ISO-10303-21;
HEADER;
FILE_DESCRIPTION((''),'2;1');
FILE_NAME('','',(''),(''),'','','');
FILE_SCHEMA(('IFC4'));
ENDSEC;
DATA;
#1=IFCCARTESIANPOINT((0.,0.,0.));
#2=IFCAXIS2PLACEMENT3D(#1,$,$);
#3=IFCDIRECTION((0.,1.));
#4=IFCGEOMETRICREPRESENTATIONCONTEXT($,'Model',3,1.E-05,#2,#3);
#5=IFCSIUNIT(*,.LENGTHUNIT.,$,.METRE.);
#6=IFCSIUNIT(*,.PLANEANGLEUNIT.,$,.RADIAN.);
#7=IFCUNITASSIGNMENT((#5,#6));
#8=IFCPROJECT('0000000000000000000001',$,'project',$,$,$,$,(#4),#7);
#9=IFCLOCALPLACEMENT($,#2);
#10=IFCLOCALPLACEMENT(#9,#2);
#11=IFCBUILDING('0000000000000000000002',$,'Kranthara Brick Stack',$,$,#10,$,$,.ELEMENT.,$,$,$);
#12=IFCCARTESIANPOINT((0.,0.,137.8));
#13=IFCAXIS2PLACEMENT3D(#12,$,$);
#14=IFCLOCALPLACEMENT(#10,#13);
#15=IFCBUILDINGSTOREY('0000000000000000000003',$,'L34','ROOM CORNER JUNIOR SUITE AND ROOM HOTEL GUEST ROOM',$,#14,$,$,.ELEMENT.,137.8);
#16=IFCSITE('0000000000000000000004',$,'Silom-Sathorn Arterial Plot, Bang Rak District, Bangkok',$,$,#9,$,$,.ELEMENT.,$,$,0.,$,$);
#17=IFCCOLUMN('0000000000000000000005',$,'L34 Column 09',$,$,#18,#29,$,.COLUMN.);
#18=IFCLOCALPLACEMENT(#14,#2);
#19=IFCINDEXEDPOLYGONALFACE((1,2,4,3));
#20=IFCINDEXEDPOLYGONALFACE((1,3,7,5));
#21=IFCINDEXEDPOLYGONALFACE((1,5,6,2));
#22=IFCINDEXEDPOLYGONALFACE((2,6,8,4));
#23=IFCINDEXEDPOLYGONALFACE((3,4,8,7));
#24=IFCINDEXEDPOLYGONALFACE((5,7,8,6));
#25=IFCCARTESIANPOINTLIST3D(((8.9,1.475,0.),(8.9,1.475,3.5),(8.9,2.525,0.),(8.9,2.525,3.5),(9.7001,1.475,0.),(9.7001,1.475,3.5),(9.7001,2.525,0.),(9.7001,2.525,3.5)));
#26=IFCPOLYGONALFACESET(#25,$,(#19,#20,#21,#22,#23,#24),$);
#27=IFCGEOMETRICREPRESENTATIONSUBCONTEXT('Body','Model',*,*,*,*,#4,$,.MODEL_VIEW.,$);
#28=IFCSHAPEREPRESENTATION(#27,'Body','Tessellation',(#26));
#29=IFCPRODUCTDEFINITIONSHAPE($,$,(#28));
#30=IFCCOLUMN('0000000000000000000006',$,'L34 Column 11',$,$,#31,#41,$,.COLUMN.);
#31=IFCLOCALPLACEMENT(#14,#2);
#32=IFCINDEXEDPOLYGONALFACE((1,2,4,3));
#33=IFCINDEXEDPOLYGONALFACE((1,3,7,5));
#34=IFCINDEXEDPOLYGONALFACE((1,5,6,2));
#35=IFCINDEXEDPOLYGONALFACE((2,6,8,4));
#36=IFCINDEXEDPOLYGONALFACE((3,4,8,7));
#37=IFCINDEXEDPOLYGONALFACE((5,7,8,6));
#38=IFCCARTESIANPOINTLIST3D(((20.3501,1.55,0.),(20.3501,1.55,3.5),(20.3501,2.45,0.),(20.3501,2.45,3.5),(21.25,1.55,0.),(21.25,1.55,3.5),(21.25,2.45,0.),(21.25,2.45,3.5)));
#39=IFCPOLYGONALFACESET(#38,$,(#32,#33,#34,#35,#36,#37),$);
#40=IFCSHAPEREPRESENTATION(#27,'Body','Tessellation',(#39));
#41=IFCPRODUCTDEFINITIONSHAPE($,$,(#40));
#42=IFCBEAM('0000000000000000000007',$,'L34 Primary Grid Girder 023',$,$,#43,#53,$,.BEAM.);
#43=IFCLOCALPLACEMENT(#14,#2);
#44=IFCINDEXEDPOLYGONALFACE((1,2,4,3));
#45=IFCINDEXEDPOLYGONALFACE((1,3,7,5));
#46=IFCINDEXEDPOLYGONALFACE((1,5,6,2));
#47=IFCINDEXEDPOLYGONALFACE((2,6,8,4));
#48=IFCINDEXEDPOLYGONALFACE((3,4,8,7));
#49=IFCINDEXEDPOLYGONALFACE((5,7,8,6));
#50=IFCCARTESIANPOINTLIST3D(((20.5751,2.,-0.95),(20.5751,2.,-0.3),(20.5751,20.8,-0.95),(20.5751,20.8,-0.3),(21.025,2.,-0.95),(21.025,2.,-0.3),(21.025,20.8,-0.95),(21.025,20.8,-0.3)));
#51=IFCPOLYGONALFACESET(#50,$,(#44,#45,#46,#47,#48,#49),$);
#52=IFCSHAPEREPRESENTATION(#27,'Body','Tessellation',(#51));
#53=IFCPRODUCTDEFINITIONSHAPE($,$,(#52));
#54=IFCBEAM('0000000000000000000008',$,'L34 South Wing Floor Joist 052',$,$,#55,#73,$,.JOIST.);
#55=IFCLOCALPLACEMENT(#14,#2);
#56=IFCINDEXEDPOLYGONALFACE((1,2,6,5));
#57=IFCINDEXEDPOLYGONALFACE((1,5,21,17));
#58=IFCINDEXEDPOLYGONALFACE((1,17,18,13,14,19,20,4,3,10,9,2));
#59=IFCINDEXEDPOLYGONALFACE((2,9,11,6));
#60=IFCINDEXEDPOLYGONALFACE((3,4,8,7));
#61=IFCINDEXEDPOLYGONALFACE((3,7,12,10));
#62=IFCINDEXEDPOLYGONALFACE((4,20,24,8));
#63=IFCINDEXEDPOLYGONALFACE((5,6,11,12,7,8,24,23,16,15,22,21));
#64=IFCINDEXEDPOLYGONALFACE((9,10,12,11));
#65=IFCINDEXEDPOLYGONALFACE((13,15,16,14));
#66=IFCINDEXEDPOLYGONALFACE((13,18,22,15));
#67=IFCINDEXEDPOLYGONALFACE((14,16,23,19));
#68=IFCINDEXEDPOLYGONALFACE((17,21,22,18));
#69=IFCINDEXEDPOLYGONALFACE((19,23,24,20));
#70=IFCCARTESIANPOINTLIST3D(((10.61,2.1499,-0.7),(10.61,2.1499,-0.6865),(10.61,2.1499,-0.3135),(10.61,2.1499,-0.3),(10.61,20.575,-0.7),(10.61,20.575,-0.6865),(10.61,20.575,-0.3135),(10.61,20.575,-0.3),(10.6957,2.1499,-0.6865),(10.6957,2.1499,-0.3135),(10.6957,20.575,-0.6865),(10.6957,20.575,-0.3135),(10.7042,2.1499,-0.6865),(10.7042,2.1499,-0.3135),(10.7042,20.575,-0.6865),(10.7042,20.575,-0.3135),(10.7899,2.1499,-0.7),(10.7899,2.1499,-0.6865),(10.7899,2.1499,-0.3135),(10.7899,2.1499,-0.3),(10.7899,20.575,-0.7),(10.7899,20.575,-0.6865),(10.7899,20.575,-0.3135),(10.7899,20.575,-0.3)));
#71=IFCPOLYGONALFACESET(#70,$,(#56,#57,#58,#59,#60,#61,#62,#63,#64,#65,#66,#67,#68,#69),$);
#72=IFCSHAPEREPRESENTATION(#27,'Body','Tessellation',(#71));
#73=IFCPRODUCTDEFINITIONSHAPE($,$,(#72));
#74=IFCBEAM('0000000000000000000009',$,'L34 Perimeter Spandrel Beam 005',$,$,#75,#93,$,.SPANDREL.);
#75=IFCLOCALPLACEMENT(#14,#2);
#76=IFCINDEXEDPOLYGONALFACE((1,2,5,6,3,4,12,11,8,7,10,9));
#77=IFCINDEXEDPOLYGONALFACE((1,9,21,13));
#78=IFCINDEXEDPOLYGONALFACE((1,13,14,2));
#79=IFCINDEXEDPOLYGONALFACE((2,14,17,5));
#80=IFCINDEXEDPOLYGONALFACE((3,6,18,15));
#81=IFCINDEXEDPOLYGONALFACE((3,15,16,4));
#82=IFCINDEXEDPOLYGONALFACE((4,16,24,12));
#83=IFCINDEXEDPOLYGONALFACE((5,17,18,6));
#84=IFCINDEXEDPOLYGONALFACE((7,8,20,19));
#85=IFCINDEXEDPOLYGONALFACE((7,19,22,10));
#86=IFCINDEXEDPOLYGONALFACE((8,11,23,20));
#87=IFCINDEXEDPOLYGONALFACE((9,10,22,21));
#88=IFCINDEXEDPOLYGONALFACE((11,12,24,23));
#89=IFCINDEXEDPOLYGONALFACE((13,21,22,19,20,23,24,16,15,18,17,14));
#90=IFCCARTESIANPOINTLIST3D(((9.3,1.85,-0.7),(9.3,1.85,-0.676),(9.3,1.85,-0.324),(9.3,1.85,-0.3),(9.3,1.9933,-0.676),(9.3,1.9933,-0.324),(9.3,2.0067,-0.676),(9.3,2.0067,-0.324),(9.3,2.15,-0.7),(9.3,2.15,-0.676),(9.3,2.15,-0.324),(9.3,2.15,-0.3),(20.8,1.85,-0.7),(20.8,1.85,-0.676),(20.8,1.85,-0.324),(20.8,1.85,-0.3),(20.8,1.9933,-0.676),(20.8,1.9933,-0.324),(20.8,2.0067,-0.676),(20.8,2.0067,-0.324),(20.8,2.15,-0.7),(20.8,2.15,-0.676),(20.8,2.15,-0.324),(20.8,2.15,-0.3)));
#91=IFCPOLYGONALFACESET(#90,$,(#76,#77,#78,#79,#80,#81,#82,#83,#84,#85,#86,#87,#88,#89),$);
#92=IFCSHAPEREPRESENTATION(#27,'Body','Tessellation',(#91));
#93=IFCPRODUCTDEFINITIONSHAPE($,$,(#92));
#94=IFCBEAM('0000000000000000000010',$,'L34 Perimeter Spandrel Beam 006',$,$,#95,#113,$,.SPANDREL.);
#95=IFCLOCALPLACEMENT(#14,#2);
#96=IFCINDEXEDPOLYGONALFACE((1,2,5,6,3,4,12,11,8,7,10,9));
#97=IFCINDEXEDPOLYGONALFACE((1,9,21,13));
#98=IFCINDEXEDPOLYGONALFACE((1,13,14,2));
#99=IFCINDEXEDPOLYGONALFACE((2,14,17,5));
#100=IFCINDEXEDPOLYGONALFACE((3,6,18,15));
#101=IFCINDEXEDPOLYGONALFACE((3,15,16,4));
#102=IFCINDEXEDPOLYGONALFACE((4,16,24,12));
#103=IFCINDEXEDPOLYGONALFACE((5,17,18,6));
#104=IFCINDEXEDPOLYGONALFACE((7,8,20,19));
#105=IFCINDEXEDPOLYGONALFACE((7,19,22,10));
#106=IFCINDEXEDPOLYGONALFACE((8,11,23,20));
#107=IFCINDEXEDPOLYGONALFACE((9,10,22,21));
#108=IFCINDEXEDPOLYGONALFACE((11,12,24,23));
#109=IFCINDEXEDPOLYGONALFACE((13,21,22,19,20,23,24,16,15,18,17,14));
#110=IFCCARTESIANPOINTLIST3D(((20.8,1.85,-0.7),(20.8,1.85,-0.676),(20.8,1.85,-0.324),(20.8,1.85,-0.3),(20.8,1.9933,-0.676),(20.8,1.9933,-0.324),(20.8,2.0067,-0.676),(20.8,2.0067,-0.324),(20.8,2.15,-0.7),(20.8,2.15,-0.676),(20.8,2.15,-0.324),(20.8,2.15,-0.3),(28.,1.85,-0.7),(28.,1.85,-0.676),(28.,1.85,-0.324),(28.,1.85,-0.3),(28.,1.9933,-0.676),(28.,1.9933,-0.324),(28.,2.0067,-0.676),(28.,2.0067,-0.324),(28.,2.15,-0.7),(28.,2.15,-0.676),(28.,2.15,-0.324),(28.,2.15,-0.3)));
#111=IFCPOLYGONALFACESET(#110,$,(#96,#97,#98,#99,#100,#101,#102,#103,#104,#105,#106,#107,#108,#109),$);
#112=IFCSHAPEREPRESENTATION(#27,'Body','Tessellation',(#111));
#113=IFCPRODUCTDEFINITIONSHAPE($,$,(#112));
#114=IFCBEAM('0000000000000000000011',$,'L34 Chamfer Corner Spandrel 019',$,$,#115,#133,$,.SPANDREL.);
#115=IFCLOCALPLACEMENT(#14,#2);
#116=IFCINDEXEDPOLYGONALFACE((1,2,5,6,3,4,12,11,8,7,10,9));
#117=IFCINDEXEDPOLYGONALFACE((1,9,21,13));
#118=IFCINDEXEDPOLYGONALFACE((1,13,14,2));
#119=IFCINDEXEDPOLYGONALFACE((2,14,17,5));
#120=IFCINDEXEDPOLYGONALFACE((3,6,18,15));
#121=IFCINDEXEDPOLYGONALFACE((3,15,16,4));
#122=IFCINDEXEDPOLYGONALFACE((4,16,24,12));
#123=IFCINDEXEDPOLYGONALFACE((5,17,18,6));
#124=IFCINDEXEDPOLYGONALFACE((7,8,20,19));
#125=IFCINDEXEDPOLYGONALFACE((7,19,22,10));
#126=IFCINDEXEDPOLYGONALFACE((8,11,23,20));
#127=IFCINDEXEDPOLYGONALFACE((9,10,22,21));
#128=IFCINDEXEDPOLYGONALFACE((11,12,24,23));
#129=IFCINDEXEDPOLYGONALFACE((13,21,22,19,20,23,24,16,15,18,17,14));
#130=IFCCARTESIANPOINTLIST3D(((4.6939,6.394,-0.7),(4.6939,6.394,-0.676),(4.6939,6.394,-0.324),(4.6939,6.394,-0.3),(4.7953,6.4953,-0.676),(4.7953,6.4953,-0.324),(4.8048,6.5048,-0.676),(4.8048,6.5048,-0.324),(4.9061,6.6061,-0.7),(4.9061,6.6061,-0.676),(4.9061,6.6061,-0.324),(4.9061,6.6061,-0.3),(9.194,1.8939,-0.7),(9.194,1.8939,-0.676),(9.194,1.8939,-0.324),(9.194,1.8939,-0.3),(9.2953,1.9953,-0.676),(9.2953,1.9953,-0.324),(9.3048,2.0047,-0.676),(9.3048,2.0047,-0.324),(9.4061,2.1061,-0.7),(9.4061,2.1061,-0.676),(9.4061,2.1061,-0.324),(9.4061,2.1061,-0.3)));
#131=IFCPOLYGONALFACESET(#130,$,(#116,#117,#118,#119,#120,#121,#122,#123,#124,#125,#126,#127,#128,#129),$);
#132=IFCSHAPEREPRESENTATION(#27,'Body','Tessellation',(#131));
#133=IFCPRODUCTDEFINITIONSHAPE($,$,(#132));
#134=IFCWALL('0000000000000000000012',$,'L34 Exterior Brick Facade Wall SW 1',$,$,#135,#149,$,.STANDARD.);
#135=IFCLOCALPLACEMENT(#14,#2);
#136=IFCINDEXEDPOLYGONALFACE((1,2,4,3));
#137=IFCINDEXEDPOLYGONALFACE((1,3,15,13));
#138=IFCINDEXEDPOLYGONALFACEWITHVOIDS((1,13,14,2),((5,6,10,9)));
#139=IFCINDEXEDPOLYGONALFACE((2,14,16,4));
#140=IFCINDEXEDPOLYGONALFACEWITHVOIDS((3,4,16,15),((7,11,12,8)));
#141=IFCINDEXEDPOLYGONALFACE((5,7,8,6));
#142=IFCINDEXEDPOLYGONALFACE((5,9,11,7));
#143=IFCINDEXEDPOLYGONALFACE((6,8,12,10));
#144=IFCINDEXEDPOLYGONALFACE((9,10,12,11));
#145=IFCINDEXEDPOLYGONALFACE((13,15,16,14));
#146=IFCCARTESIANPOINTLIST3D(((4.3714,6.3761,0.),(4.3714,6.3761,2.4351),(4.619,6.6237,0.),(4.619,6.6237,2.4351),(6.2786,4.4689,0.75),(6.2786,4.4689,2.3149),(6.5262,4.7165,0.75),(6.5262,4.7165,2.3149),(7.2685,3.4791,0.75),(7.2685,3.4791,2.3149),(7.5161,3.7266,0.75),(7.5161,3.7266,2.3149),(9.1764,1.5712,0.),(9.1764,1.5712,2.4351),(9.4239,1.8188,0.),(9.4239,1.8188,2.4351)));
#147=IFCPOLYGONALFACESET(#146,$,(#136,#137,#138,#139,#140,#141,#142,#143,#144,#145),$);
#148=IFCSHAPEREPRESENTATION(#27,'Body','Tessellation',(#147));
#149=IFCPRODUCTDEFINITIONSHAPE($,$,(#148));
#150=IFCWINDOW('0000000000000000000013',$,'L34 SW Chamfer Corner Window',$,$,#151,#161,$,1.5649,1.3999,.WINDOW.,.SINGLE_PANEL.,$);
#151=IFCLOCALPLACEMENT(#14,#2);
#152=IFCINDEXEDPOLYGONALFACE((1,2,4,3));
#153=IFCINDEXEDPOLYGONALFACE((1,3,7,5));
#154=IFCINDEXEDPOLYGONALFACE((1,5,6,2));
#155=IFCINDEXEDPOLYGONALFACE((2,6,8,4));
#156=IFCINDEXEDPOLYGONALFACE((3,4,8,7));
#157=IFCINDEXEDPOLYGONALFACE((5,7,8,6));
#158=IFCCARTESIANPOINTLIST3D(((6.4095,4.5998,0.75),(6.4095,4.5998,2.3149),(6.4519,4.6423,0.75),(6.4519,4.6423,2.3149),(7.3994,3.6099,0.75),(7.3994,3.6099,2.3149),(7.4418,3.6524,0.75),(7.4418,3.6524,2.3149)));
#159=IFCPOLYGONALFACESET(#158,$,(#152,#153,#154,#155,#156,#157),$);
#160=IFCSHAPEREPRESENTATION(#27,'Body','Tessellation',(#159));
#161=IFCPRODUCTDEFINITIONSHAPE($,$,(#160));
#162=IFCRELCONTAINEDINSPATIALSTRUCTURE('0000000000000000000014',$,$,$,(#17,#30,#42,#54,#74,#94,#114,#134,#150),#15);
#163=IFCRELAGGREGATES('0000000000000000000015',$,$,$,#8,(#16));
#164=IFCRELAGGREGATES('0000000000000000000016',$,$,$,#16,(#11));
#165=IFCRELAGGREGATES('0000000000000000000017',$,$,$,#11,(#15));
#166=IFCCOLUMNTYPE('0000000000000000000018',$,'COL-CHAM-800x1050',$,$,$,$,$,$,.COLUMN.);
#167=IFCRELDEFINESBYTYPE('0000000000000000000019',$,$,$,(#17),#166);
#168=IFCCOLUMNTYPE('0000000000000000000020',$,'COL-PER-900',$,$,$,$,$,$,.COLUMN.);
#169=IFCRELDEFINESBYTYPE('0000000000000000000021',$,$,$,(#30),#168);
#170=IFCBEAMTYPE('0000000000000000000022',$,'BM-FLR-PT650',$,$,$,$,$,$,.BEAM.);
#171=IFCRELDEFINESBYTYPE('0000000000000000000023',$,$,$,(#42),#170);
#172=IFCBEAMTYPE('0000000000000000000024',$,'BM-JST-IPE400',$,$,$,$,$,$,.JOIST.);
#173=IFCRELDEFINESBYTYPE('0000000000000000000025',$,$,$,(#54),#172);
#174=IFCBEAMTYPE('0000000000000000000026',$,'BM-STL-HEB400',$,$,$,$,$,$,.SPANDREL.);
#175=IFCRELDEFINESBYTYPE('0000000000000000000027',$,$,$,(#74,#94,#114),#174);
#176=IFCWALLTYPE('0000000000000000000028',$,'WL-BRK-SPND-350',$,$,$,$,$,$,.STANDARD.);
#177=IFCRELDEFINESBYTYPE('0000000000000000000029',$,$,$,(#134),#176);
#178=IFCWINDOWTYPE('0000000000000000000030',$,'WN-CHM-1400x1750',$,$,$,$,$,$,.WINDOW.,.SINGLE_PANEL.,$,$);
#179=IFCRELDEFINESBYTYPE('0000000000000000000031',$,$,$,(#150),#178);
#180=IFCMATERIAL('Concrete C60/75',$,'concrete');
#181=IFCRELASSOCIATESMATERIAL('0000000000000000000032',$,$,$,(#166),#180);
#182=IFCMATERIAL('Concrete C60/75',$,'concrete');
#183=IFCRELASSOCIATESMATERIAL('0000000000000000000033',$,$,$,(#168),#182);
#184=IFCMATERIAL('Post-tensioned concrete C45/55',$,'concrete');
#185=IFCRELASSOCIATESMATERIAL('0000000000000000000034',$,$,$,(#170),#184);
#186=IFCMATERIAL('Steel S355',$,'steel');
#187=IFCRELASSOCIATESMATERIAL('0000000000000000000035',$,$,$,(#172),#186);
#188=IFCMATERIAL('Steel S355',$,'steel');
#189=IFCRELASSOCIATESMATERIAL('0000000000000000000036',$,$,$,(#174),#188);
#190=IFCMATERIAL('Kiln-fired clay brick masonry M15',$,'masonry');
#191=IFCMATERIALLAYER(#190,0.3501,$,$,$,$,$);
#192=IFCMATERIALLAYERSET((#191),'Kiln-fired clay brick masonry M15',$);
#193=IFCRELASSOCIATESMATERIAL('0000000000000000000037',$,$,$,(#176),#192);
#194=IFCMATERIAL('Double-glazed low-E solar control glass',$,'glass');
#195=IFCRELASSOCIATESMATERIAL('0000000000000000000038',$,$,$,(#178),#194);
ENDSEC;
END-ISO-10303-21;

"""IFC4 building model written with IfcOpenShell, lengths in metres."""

from ifc_helpers import new_model, si_unit, direction, frame, frame_2d, origin, origin_2d, place, context, subcontext, project, spatial, rectangle, i_section, extrude, material, layer, layer_set, material_profile, profile_set, type_object, element, fill, save


model = new_model("IFC4")

# Units and contexts
model_context = context("Model", 3, precision=1e-05, world=origin(), true_north=direction((0.0, 1.0)))
body_context = subcontext(model_context, "Body", "Model", "MODEL_VIEW")
ifc_project = project(units=[si_unit("LENGTHUNIT", "METRE"), si_unit("PLANEANGLEUNIT", "RADIAN")], contexts=[model_context])

# Site, building, storey
site_placement = place(None, origin())
site = spatial("IfcSite", under=ifc_project, at=site_placement, Name="Silom-Sathorn Arterial Plot, Bang Rak District, Bangkok", CompositionType="ELEMENT", RefElevation=0.0)
building_placement = place(site_placement, origin())
building = spatial("IfcBuilding", under=site, at=building_placement, Name="Kranthara Brick Stack", CompositionType="ELEMENT")
storey_placement = place(building_placement, frame((0.0, 0.0, 137.8)))
storey = spatial("IfcBuildingStorey", under=building, at=storey_placement, Name="L34", Description="ROOM CORNER JUNIOR SUITE AND ROOM HOTEL GUEST ROOM", CompositionType="ELEMENT", Elevation=137.8)

# Columns
ifc_material_1 = material(Name="Concrete C60/75", Category="concrete")
ifc_material_profile_1 = material_profile(ifc_material_1, rectangle(XDim=0.8, YDim=1.05, at=origin_2d()), Name="RC 800x1050")
ifc_profile_set_1 = profile_set([ifc_material_profile_1], Name="Concrete C60/75")
column_type_1 = type_object("IfcColumnType", Name="COL-CHAM-800x1050", PredefinedType="COLUMN", material=ifc_profile_set_1)
column_1_placement = place(storey_placement, frame((9.3, 2.0, 0.0), z_axis=(0.0, 0.0, 1.0), x_axis=(1.0, 0.0, 0.0)))
element("IfcColumn", 1, at=column_1_placement, inside=storey, type_object=column_type_1, Name="L34 Column 09", PredefinedType="COLUMN", context=body_context, shape_type="SweptSolid", body=[
    extrude(rectangle(XDim=0.8, YDim=1.05, at=origin_2d()), origin(), (0.0, 0.0, 1.0), 3.5),
])
ifc_material_2 = material(Name="Concrete C60/75", Category="concrete")
ifc_material_profile_2 = material_profile(ifc_material_2, rectangle(XDim=0.8999, YDim=0.8999, at=origin_2d()), Name="RC 900x900")
ifc_profile_set_2 = profile_set([ifc_material_profile_2], Name="Concrete C60/75")
column_type_2 = type_object("IfcColumnType", Name="COL-PER-900", PredefinedType="COLUMN", material=ifc_profile_set_2)
column_2_placement = place(storey_placement, frame((20.8, 2.0, 0.0), z_axis=(0.0, 0.0, 1.0), x_axis=(1.0, 0.0, 0.0)))
element("IfcColumn", 2, at=column_2_placement, inside=storey, type_object=column_type_2, Name="L34 Column 11", PredefinedType="COLUMN", context=body_context, shape_type="SweptSolid", body=[
    extrude(rectangle(XDim=0.8999, YDim=0.8999, at=origin_2d()), origin(), (0.0, 0.0, 1.0), 3.5),
])

# Beams
ifc_material_3 = material(Name="Post-tensioned concrete C45/55", Category="concrete")
ifc_material_profile_3 = material_profile(ifc_material_3, rectangle(XDim=0.45, YDim=0.6499, at=origin_2d()), Name="PT 450x650")
ifc_profile_set_3 = profile_set([ifc_material_profile_3], Name="Post-tensioned concrete C45/55")
beam_type_1 = type_object("IfcBeamType", Name="BM-FLR-PT650", PredefinedType="BEAM", material=ifc_profile_set_3)
beam_1_placement = place(storey_placement, frame((20.8, 2.0, -0.625), z_axis=(0.0, 1.0, 0.0), x_axis=(-1.0, 0.0, 0.0)))
element("IfcBeam", 3, at=beam_1_placement, inside=storey, type_object=beam_type_1, Name="L34 Primary Grid Girder 023", PredefinedType="BEAM", context=body_context, shape_type="SweptSolid", body=[
    extrude(rectangle(XDim=0.45, YDim=0.6499, at=origin_2d()), origin(), (0.0, 0.0, 1.0), 18.8),
])
ifc_material_4 = material(Name="Steel S355", Category="steel")
ifc_material_profile_4 = material_profile(ifc_material_4, i_section(OverallWidth=0.1799, OverallDepth=0.3999, WebThickness=0.0085, FlangeThickness=0.0134, at=origin_2d()), Name="IPE 400")
ifc_profile_set_4 = profile_set([ifc_material_profile_4], Name="Steel S355")
beam_type_2 = type_object("IfcBeamType", Name="BM-JST-IPE400", PredefinedType="JOIST", material=ifc_profile_set_4)
beam_2_placement = place(storey_placement, frame((10.7, 2.1499, -0.5), z_axis=(0.0, 1.0, 0.0), x_axis=(-1.0, 0.0, 0.0)))
element("IfcBeam", 4, at=beam_2_placement, inside=storey, type_object=beam_type_2, Name="L34 South Wing Floor Joist 052", PredefinedType="JOIST", context=body_context, shape_type="SweptSolid", body=[
    extrude(i_section(OverallWidth=0.1799, OverallDepth=0.3999, WebThickness=0.0085, FlangeThickness=0.0134, at=origin_2d()), origin(), (0.0, 0.0, 1.0), 18.425),
])
ifc_material_5 = material(Name="Steel S355", Category="steel")
ifc_material_profile_5 = material_profile(ifc_material_5, i_section(OverallWidth=0.3, OverallDepth=0.3999, WebThickness=0.0134, FlangeThickness=0.0239, at=origin_2d()), Name="HEB 400")
ifc_profile_set_5 = profile_set([ifc_material_profile_5], Name="Steel S355")
beam_type_3 = type_object("IfcBeamType", Name="BM-STL-HEB400", PredefinedType="SPANDREL", material=ifc_profile_set_5)
beam_3_placement = place(storey_placement, frame((9.3, 2.0, -0.5), z_axis=(1.0, 0.0, 0.0), x_axis=(0.0, 1.0, 0.0)))
element("IfcBeam", 5, at=beam_3_placement, inside=storey, type_object=beam_type_3, Name="L34 Perimeter Spandrel Beam 005", PredefinedType="SPANDREL", context=body_context, shape_type="SweptSolid", body=[
    extrude(i_section(OverallWidth=0.3, OverallDepth=0.3999, WebThickness=0.0134, FlangeThickness=0.0239, at=origin_2d()), origin(), (0.0, 0.0, 1.0), 11.5),
])
beam_4_placement = place(storey_placement, frame((20.8, 2.0, -0.5), z_axis=(1.0, 0.0, 0.0), x_axis=(0.0, 1.0, 0.0)))
element("IfcBeam", 6, at=beam_4_placement, inside=storey, type_object=beam_type_3, Name="L34 Perimeter Spandrel Beam 006", PredefinedType="SPANDREL", context=body_context, shape_type="SweptSolid", body=[
    extrude(i_section(OverallWidth=0.3, OverallDepth=0.3999, WebThickness=0.0134, FlangeThickness=0.0239, at=origin_2d()), origin(), (0.0, 0.0, 1.0), 7.2),
])
beam_5_placement = place(storey_placement, frame((9.3, 2.0, -0.5), z_axis=(-0.707107, 0.707107, 0.0), x_axis=(-0.707107, -0.707107, 0.0)))
element("IfcBeam", 7, at=beam_5_placement, inside=storey, type_object=beam_type_3, Name="L34 Chamfer Corner Spandrel 019", PredefinedType="SPANDREL", context=body_context, shape_type="SweptSolid", body=[
    extrude(i_section(OverallWidth=0.3, OverallDepth=0.3999, WebThickness=0.0134, FlangeThickness=0.0239, at=origin_2d()), origin(), (0.0, 0.0, 1.0), 6.364),
])

# Wall, opening, window
ifc_material_6 = material(Name="Kiln-fired clay brick masonry M15", Category="masonry")
ifc_layer_1 = layer(ifc_material_6, 0.3501)
ifc_layer_set_1 = layer_set([ifc_layer_1], Name="Kiln-fired clay brick masonry M15")
wall_type_1 = type_object("IfcWallType", Name="WL-BRK-SPND-350", PredefinedType="STANDARD", material=ifc_layer_set_1)
wall_1_placement = place(storey_placement, frame((9.3, 1.6951, 0.0), z_axis=(0.0, 0.0, 1.0), x_axis=(-0.707107, 0.707107, 0.0)))
wall_1 = element("IfcWall", 8, at=wall_1_placement, inside=storey, type_object=wall_type_1, Name="L34 Exterior Brick Facade Wall SW 1", PredefinedType="STANDARD", context=body_context, shape_type="SweptSolid", body=[
    extrude(rectangle(XDim=6.7952, YDim=0.3501, at=frame_2d((3.3975, 0.0))), origin(), (0.0, 0.0, 1.0), 2.4351),
])
opening_1_placement = place(wall_1_placement, frame((2.698, 0.0, 0.75)))
opening_1 = element("IfcOpeningElement", 9, at=opening_1_placement, cuts=wall_1, PredefinedType="OPENING", context=body_context, shape_type="SweptSolid", body=[
    extrude(rectangle(XDim=1.3999, YDim=1.5649, at=frame_2d((0.7, 0.7825))), frame((0.0, 0.1851, 0.0), z_axis=(0.0, -1.0, 0.0), x_axis=(1.0, 0.0, 0.0)), (0.0, 0.0, 1.0), 0.3701),
])
ifc_material_7 = material(Name="Double-glazed low-E solar control glass", Category="glass")
window_type_1 = type_object("IfcWindowType", Name="WN-CHM-1400x1750", PartitioningType="SINGLE_PANEL", PredefinedType="WINDOW", material=ifc_material_7)
window_1_placement = place(opening_1_placement, origin())
window_1 = element("IfcWindow", 10, at=window_1_placement, inside=storey, type_object=window_type_1, Name="L34 SW Chamfer Corner Window", OverallHeight=1.5649, OverallWidth=1.3999, PartitioningType="SINGLE_PANEL", PredefinedType="WINDOW", context=body_context, shape_type="SweptSolid", body=[
    extrude(rectangle(XDim=1.3999, YDim=1.5649, at=frame_2d((0.7, 0.7825))), frame((0.0, -0.01, 0.0), z_axis=(0.0, -1.0, 0.0), x_axis=(1.0, 0.0, 0.0)), (0.0, 0.0, 1.0), 0.0601),
])
fill(opening_1, window_1)

save(model, "model.ifc")
